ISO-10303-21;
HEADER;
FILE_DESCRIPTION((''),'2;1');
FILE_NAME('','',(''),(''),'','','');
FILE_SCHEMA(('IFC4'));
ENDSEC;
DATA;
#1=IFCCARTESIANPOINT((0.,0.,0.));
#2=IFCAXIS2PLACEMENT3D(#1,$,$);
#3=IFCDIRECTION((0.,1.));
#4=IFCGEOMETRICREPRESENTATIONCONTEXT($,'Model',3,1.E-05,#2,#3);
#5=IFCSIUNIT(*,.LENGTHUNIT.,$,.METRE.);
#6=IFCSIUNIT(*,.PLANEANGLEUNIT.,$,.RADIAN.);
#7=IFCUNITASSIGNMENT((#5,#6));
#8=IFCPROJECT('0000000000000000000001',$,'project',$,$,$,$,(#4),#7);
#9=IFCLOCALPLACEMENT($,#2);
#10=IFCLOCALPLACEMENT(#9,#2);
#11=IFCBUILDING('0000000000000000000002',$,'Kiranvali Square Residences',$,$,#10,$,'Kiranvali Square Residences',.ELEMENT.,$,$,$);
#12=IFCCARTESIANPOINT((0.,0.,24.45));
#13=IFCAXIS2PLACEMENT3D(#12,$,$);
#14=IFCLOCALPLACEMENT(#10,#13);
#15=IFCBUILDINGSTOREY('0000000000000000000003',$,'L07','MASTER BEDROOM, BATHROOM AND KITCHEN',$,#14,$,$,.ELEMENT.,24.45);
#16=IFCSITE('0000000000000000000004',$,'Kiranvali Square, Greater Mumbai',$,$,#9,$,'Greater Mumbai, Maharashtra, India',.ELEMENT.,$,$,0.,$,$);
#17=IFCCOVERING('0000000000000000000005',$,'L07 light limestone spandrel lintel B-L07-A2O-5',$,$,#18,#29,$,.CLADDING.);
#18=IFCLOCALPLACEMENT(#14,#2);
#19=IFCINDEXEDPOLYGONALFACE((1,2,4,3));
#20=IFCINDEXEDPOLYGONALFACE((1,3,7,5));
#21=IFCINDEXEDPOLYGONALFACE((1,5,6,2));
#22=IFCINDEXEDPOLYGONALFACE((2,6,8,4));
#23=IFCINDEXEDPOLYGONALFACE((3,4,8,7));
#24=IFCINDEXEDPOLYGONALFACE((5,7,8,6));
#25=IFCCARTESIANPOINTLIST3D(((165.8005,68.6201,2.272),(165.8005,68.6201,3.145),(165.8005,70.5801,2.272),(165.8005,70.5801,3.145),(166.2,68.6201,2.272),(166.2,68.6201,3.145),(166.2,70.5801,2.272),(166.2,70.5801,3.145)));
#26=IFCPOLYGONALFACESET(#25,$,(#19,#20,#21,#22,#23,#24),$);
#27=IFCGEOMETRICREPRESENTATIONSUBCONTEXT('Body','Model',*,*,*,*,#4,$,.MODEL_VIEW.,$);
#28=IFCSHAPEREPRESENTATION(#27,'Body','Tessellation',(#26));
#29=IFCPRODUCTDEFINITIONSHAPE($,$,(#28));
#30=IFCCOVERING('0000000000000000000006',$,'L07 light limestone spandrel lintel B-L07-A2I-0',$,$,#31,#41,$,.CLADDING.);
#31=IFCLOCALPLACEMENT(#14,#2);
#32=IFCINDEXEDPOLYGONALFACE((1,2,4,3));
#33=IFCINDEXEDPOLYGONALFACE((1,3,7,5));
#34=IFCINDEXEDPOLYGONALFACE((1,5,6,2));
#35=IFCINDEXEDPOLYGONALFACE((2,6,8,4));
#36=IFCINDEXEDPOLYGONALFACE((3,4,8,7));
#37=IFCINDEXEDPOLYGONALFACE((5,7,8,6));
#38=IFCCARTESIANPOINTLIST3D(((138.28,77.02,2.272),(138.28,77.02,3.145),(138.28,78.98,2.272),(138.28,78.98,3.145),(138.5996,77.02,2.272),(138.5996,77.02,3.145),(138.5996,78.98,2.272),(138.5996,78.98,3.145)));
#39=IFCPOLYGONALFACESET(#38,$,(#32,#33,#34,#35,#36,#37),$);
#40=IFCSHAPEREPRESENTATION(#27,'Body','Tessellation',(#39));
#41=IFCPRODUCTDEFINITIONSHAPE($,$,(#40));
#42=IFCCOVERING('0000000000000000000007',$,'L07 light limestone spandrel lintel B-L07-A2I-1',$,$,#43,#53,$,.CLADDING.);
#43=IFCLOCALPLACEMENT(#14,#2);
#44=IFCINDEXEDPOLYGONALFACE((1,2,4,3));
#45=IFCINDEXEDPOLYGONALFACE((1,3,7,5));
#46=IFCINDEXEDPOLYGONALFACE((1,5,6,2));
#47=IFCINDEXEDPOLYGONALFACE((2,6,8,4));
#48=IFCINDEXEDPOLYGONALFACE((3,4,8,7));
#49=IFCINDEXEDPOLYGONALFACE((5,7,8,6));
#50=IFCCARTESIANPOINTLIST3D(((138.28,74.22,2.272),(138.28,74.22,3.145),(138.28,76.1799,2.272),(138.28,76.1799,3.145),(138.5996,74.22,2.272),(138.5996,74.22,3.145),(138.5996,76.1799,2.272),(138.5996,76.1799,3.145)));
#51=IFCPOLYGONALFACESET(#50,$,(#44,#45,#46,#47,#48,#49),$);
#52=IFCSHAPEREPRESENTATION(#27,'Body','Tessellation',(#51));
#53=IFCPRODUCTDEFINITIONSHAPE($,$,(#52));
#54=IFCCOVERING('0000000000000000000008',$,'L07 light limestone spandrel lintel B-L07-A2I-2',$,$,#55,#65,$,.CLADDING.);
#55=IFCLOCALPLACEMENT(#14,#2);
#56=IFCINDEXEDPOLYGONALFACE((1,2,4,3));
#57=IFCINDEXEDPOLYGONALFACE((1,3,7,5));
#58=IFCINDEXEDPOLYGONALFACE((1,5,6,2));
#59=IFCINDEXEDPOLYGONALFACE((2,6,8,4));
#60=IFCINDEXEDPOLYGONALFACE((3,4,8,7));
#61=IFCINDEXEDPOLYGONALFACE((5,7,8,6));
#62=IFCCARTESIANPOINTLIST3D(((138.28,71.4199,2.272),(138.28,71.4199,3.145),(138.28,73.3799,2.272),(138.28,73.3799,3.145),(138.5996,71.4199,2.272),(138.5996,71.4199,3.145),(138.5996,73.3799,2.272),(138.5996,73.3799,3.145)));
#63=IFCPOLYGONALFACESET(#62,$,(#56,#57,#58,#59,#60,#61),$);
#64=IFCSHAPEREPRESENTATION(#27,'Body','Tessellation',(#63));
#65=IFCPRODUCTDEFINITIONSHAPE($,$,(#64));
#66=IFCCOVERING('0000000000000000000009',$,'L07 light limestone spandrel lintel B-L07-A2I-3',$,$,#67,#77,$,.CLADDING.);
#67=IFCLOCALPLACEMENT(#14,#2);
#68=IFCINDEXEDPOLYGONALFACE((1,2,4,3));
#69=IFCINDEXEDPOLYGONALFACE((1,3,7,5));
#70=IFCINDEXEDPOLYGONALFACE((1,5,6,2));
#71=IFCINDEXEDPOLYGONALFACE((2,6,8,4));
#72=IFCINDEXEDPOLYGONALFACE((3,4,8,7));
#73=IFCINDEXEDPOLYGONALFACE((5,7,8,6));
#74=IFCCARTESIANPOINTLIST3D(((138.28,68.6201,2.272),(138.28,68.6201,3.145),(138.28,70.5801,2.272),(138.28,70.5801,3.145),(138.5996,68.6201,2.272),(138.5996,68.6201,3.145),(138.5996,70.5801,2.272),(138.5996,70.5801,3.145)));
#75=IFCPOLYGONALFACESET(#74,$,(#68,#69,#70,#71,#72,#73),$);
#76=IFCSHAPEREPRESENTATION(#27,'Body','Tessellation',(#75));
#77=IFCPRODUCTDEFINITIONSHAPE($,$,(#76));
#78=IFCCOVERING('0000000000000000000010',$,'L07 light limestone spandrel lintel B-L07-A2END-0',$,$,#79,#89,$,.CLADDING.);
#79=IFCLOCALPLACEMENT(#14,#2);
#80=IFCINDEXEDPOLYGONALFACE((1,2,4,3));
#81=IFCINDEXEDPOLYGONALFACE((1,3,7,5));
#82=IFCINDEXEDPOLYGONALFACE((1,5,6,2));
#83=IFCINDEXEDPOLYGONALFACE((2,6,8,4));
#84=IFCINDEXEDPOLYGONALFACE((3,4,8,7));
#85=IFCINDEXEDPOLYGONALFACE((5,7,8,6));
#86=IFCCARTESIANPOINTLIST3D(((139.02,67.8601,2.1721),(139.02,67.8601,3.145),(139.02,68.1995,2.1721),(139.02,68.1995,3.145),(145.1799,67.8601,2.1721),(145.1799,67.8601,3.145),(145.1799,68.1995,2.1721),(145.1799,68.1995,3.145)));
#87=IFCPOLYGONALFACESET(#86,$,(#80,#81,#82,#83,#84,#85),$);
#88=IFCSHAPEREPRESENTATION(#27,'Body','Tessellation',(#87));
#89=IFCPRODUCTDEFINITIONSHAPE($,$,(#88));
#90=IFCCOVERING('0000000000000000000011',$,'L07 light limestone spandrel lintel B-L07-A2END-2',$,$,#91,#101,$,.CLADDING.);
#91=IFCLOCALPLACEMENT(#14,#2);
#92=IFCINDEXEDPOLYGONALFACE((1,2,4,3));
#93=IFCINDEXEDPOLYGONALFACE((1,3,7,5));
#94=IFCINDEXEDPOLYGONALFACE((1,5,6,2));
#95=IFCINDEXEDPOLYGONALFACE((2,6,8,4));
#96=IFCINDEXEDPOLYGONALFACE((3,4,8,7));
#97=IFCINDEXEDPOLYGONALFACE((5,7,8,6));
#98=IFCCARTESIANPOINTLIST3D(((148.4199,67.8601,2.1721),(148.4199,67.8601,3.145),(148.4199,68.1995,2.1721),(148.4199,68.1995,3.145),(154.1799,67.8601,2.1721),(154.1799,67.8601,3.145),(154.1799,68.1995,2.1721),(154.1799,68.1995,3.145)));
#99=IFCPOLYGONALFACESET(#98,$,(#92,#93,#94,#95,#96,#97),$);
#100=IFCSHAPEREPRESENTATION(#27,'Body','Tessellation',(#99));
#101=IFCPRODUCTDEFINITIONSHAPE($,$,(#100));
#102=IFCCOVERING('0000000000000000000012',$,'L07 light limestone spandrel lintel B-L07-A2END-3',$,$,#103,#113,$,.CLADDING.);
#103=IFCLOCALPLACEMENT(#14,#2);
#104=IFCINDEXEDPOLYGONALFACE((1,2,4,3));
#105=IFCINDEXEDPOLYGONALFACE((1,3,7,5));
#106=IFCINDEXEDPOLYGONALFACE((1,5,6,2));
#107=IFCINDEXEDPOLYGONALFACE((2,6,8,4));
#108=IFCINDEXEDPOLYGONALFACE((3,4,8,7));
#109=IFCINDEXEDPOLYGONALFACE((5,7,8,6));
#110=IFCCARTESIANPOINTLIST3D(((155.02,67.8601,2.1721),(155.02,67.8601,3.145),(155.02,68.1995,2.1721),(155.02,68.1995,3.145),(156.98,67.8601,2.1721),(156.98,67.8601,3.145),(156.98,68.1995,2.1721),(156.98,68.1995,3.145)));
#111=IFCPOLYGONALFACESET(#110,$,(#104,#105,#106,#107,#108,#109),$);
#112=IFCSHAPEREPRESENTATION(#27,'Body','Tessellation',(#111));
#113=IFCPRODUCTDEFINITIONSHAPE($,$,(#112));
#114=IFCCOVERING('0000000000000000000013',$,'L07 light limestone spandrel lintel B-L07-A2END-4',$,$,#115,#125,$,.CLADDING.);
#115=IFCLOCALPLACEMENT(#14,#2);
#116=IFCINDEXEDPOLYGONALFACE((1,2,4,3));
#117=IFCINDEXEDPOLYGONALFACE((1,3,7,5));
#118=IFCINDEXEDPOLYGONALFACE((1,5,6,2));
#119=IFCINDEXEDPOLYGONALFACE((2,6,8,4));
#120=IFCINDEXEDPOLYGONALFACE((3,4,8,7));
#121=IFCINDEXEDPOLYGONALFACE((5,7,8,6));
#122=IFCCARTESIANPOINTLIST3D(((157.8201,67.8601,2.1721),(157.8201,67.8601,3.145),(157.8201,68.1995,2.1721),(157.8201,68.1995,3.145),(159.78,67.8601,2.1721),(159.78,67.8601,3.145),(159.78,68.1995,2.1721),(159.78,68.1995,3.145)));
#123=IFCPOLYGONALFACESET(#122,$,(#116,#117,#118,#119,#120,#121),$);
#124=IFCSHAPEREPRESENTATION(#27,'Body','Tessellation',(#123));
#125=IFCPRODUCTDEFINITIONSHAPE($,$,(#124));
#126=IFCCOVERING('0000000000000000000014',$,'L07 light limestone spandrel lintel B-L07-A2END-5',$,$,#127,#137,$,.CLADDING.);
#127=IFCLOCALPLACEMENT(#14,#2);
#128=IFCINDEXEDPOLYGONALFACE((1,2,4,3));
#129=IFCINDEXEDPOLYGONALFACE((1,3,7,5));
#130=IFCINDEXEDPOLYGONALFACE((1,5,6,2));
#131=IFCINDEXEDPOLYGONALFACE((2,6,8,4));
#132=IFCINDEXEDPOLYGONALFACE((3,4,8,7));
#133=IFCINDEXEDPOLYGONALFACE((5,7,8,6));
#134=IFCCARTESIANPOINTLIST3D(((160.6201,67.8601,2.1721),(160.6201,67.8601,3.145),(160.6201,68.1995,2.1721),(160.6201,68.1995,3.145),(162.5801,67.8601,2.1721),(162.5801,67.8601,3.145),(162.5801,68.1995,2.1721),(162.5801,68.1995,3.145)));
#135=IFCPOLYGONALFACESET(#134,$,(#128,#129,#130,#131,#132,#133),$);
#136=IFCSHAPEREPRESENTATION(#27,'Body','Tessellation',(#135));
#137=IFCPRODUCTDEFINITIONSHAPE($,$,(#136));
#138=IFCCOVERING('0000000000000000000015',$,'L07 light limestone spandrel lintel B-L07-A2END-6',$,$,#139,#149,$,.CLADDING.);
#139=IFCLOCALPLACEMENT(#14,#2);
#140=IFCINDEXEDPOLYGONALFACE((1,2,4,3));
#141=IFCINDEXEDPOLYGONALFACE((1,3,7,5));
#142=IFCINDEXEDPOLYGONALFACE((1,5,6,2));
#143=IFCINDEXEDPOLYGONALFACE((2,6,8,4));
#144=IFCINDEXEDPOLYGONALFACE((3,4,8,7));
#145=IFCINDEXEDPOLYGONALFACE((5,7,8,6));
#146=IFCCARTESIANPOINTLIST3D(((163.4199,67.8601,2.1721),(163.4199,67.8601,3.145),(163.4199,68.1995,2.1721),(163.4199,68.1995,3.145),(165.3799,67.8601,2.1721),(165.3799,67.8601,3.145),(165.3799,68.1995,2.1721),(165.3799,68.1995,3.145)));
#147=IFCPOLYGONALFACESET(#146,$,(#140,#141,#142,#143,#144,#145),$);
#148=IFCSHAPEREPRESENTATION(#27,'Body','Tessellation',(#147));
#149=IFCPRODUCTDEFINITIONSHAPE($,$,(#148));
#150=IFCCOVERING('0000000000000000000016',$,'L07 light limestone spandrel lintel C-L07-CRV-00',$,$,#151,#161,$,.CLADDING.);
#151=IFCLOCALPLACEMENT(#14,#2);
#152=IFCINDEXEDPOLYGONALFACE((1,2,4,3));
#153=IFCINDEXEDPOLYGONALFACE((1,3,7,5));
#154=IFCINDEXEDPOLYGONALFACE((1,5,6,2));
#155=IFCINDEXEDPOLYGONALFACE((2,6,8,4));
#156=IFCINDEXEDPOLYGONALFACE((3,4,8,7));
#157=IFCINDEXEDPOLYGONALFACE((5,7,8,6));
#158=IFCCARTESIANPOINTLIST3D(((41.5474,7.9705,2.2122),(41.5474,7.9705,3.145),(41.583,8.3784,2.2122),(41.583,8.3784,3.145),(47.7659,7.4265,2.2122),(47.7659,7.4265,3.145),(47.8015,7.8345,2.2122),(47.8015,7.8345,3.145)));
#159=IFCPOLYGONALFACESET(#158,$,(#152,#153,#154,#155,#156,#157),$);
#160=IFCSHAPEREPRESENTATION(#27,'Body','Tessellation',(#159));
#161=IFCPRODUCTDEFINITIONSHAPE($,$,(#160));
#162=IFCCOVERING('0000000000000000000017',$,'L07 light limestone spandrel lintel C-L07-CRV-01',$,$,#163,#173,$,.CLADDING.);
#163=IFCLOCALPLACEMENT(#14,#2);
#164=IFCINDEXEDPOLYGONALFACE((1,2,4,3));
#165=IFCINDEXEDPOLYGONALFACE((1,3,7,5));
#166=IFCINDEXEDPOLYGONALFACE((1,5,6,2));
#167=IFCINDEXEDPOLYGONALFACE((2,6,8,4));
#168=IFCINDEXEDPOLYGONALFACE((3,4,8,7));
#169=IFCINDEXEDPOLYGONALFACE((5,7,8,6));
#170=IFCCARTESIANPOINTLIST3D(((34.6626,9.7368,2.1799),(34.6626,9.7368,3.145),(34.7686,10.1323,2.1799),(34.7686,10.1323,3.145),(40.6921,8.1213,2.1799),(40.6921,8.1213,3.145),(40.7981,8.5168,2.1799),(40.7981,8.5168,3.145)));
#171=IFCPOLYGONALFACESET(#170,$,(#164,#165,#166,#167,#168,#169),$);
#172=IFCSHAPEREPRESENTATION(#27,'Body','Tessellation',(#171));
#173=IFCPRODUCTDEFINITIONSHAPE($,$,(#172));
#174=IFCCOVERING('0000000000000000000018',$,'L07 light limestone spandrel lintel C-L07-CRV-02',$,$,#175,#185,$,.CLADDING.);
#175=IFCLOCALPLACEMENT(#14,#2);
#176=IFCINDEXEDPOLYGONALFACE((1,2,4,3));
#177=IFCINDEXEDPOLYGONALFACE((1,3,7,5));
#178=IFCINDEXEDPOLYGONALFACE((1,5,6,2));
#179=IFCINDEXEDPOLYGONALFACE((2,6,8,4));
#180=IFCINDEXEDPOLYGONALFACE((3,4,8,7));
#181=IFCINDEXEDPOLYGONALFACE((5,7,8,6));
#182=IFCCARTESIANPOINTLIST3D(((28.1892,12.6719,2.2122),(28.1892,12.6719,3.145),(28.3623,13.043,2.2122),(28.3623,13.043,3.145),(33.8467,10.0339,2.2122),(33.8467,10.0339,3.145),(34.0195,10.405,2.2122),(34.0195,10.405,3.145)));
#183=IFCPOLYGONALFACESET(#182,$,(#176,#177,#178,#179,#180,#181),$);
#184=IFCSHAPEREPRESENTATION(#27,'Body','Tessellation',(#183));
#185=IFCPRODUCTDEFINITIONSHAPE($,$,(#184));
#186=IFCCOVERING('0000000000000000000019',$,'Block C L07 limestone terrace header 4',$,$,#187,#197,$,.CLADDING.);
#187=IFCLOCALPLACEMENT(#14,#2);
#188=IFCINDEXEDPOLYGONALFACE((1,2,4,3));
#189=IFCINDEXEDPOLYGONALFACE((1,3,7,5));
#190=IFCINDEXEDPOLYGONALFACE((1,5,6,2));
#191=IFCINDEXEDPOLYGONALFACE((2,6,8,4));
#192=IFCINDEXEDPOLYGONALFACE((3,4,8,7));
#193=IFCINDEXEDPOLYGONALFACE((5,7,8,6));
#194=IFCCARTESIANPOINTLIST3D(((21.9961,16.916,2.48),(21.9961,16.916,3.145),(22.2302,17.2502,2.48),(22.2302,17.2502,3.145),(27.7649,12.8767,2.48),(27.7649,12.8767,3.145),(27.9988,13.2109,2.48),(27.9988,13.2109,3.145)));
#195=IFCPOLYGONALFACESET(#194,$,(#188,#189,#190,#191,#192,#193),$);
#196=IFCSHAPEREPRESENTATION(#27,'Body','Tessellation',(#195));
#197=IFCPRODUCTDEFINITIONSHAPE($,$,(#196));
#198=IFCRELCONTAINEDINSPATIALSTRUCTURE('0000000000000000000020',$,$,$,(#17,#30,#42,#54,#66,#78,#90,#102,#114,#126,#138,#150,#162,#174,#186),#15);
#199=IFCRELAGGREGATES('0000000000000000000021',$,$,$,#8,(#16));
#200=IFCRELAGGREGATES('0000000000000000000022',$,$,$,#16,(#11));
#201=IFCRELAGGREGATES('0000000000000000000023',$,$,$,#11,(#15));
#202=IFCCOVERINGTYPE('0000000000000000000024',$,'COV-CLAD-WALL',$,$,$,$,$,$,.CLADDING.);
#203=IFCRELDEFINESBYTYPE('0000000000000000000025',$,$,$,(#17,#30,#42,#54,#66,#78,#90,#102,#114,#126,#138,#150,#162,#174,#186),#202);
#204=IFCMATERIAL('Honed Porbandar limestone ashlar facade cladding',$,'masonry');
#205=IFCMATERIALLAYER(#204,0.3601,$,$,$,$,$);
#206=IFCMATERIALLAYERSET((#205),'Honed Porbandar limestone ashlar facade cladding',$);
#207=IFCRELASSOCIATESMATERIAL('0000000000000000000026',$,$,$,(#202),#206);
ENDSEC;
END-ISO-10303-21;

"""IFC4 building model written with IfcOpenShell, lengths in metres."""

from ifc_helpers import new_model, si_unit, direction, frame, origin, place, context, subcontext, project, spatial, polyline, outline, extrude, material, layer, layer_set, type_object, element, save


model = new_model("IFC4")

# Units and contexts
model_context = context("Model", 3, precision=1e-05, world=origin(), true_north=direction((0.0, 1.0)))
body_context = subcontext(model_context, "Body", "Model", "MODEL_VIEW")
ifc_project = project(units=[si_unit("LENGTHUNIT", "METRE"), si_unit("PLANEANGLEUNIT", "RADIAN")], contexts=[model_context])

# Site, building, storey
site_placement = place(None, origin())
site = spatial("IfcSite", under=ifc_project, at=site_placement, Name="Kiranvali Square, Greater Mumbai", LongName="Greater Mumbai, Maharashtra, India", CompositionType="ELEMENT", RefElevation=0.0)
building_placement = place(site_placement, origin())
building = spatial("IfcBuilding", under=site, at=building_placement, Name="Kiranvali Square Residences", LongName="Kiranvali Square Residences", CompositionType="ELEMENT")
storey_placement = place(building_placement, frame((0.0, 0.0, 24.45)))
storey = spatial("IfcBuildingStorey", under=building, at=storey_placement, Name="L07", Description="MASTER BEDROOM, BATHROOM AND KITCHEN", CompositionType="ELEMENT", Elevation=24.45)

# Coverings
ifc_material = material(Name="Honed Porbandar limestone ashlar facade cladding", Category="masonry")
ifc_layer = layer(ifc_material, 0.3601)
ifc_layer_set = layer_set([ifc_layer], Name="Honed Porbandar limestone ashlar facade cladding")
covering_type = type_object("IfcCoveringType", Name="COV-CLAD-WALL", PredefinedType="CLADDING", material=ifc_layer_set)
covering_1_placement = place(storey_placement, frame((0.0, 0.0, 2.272)))
element("IfcCovering", 1, at=covering_1_placement, inside=storey, type_object=covering_type, Name="L07 light limestone spandrel lintel B-L07-A2O-5", PredefinedType="CLADDING", context=body_context, shape_type="SweptSolid", body=[
    extrude(outline(polyline([(165.8005, 70.5801), (165.8005, 68.6201), (166.2, 68.6201), (166.2, 70.5801), (165.8005, 70.5801)])), origin(), (0.0, 0.0, 1.0), 0.873),
])
covering_2_placement = place(storey_placement, frame((0.0, 0.0, 2.272)))
element("IfcCovering", 2, at=covering_2_placement, inside=storey, type_object=covering_type, Name="L07 light limestone spandrel lintel B-L07-A2I-0", PredefinedType="CLADDING", context=body_context, shape_type="SweptSolid", body=[
    extrude(outline(polyline([(138.28, 78.98), (138.28, 77.02), (138.5996, 77.02), (138.5996, 78.98), (138.28, 78.98)])), origin(), (0.0, 0.0, 1.0), 0.873),
])
covering_3_placement = place(storey_placement, frame((0.0, 0.0, 2.272)))
element("IfcCovering", 3, at=covering_3_placement, inside=storey, type_object=covering_type, Name="L07 light limestone spandrel lintel B-L07-A2I-1", PredefinedType="CLADDING", context=body_context, shape_type="SweptSolid", body=[
    extrude(outline(polyline([(138.28, 76.1799), (138.28, 74.22), (138.5996, 74.22), (138.5996, 76.1799), (138.28, 76.1799)])), origin(), (0.0, 0.0, 1.0), 0.873),
])
covering_4_placement = place(storey_placement, frame((0.0, 0.0, 2.272)))
element("IfcCovering", 4, at=covering_4_placement, inside=storey, type_object=covering_type, Name="L07 light limestone spandrel lintel B-L07-A2I-2", PredefinedType="CLADDING", context=body_context, shape_type="SweptSolid", body=[
    extrude(outline(polyline([(138.28, 73.3799), (138.28, 71.4199), (138.5996, 71.4199), (138.5996, 73.3799), (138.28, 73.3799)])), origin(), (0.0, 0.0, 1.0), 0.873),
])
covering_5_placement = place(storey_placement, frame((0.0, 0.0, 2.272)))
element("IfcCovering", 5, at=covering_5_placement, inside=storey, type_object=covering_type, Name="L07 light limestone spandrel lintel B-L07-A2I-3", PredefinedType="CLADDING", context=body_context, shape_type="SweptSolid", body=[
    extrude(outline(polyline([(138.28, 70.5801), (138.28, 68.6201), (138.5996, 68.6201), (138.5996, 70.5801), (138.28, 70.5801)])), origin(), (0.0, 0.0, 1.0), 0.873),
])
covering_6_placement = place(storey_placement, frame((0.0, 0.0, 2.1721)))
element("IfcCovering", 6, at=covering_6_placement, inside=storey, type_object=covering_type, Name="L07 light limestone spandrel lintel B-L07-A2END-0", PredefinedType="CLADDING", context=body_context, shape_type="SweptSolid", body=[
    extrude(outline(polyline([(139.02, 67.8601), (145.1799, 67.8601), (145.1799, 68.1995), (139.02, 68.1995), (139.02, 67.8601)])), origin(), (0.0, 0.0, 1.0), 0.9729),
])
covering_7_placement = place(storey_placement, frame((0.0, 0.0, 2.1721)))
element("IfcCovering", 7, at=covering_7_placement, inside=storey, type_object=covering_type, Name="L07 light limestone spandrel lintel B-L07-A2END-2", PredefinedType="CLADDING", context=body_context, shape_type="SweptSolid", body=[
    extrude(outline(polyline([(148.4199, 67.8601), (154.1799, 67.8601), (154.1799, 68.1995), (148.4199, 68.1995), (148.4199, 67.8601)])), origin(), (0.0, 0.0, 1.0), 0.9729),
])
covering_8_placement = place(storey_placement, frame((0.0, 0.0, 2.1721)))
element("IfcCovering", 8, at=covering_8_placement, inside=storey, type_object=covering_type, Name="L07 light limestone spandrel lintel B-L07-A2END-3", PredefinedType="CLADDING", context=body_context, shape_type="SweptSolid", body=[
    extrude(outline(polyline([(155.02, 67.8601), (156.98, 67.8601), (156.98, 68.1995), (155.02, 68.1995), (155.02, 67.8601)])), origin(), (0.0, 0.0, 1.0), 0.9729),
])
covering_9_placement = place(storey_placement, frame((0.0, 0.0, 2.1721)))
element("IfcCovering", 9, at=covering_9_placement, inside=storey, type_object=covering_type, Name="L07 light limestone spandrel lintel B-L07-A2END-4", PredefinedType="CLADDING", context=body_context, shape_type="SweptSolid", body=[
    extrude(outline(polyline([(157.8201, 67.8601), (159.78, 67.8601), (159.78, 68.1995), (157.8201, 68.1995), (157.8201, 67.8601)])), origin(), (0.0, 0.0, 1.0), 0.9729),
])
covering_10_placement = place(storey_placement, frame((0.0, 0.0, 2.1721)))
element("IfcCovering", 10, at=covering_10_placement, inside=storey, type_object=covering_type, Name="L07 light limestone spandrel lintel B-L07-A2END-5", PredefinedType="CLADDING", context=body_context, shape_type="SweptSolid", body=[
    extrude(outline(polyline([(160.6201, 67.8601), (162.5801, 67.8601), (162.5801, 68.1995), (160.6201, 68.1995), (160.6201, 67.8601)])), origin(), (0.0, 0.0, 1.0), 0.9729),
])
covering_11_placement = place(storey_placement, frame((0.0, 0.0, 2.1721)))
element("IfcCovering", 11, at=covering_11_placement, inside=storey, type_object=covering_type, Name="L07 light limestone spandrel lintel B-L07-A2END-6", PredefinedType="CLADDING", context=body_context, shape_type="SweptSolid", body=[
    extrude(outline(polyline([(163.4199, 67.8601), (165.3799, 67.8601), (165.3799, 68.1995), (163.4199, 68.1995), (163.4199, 67.8601)])), origin(), (0.0, 0.0, 1.0), 0.9729),
])
covering_12_placement = place(storey_placement, frame((0.0, 0.0, 2.2122)))
element("IfcCovering", 12, at=covering_12_placement, inside=storey, type_object=covering_type, Name="L07 light limestone spandrel lintel C-L07-CRV-00", PredefinedType="CLADDING", context=body_context, shape_type="SweptSolid", body=[
    extrude(outline(polyline([(47.8015, 7.8345), (41.583, 8.3784), (41.5474, 7.9705), (47.7659, 7.4265), (47.8015, 7.8345)])), origin(), (0.0, 0.0, 1.0), 0.9329),
])
covering_13_placement = place(storey_placement, frame((0.0, 0.0, 2.1799)))
element("IfcCovering", 13, at=covering_13_placement, inside=storey, type_object=covering_type, Name="L07 light limestone spandrel lintel C-L07-CRV-01", PredefinedType="CLADDING", context=body_context, shape_type="SweptSolid", body=[
    extrude(outline(polyline([(40.7981, 8.5168), (34.7686, 10.1323), (34.6626, 9.7368), (40.6921, 8.1213), (40.7981, 8.5168)])), origin(), (0.0, 0.0, 1.0), 0.9651),
])
covering_14_placement = place(storey_placement, frame((0.0, 0.0, 2.2122)))
element("IfcCovering", 14, at=covering_14_placement, inside=storey, type_object=covering_type, Name="L07 light limestone spandrel lintel C-L07-CRV-02", PredefinedType="CLADDING", context=body_context, shape_type="SweptSolid", body=[
    extrude(outline(polyline([(34.0195, 10.405), (28.3623, 13.043), (28.1892, 12.6719), (33.8467, 10.0339), (34.0195, 10.405)])), origin(), (0.0, 0.0, 1.0), 0.9329),
])
covering_15_placement = place(storey_placement, frame((0.0, 0.0, 2.48)))
element("IfcCovering", 15, at=covering_15_placement, inside=storey, type_object=covering_type, Name="Block C L07 limestone terrace header 4", PredefinedType="CLADDING", context=body_context, shape_type="SweptSolid", body=[
    extrude(outline(polyline([(27.9988, 13.2109), (22.2302, 17.2502), (21.9961, 16.916), (27.7649, 12.8767), (27.9988, 13.2109)])), origin(), (0.0, 0.0, 1.0), 0.665),
])

save(model, "model.ifc")
